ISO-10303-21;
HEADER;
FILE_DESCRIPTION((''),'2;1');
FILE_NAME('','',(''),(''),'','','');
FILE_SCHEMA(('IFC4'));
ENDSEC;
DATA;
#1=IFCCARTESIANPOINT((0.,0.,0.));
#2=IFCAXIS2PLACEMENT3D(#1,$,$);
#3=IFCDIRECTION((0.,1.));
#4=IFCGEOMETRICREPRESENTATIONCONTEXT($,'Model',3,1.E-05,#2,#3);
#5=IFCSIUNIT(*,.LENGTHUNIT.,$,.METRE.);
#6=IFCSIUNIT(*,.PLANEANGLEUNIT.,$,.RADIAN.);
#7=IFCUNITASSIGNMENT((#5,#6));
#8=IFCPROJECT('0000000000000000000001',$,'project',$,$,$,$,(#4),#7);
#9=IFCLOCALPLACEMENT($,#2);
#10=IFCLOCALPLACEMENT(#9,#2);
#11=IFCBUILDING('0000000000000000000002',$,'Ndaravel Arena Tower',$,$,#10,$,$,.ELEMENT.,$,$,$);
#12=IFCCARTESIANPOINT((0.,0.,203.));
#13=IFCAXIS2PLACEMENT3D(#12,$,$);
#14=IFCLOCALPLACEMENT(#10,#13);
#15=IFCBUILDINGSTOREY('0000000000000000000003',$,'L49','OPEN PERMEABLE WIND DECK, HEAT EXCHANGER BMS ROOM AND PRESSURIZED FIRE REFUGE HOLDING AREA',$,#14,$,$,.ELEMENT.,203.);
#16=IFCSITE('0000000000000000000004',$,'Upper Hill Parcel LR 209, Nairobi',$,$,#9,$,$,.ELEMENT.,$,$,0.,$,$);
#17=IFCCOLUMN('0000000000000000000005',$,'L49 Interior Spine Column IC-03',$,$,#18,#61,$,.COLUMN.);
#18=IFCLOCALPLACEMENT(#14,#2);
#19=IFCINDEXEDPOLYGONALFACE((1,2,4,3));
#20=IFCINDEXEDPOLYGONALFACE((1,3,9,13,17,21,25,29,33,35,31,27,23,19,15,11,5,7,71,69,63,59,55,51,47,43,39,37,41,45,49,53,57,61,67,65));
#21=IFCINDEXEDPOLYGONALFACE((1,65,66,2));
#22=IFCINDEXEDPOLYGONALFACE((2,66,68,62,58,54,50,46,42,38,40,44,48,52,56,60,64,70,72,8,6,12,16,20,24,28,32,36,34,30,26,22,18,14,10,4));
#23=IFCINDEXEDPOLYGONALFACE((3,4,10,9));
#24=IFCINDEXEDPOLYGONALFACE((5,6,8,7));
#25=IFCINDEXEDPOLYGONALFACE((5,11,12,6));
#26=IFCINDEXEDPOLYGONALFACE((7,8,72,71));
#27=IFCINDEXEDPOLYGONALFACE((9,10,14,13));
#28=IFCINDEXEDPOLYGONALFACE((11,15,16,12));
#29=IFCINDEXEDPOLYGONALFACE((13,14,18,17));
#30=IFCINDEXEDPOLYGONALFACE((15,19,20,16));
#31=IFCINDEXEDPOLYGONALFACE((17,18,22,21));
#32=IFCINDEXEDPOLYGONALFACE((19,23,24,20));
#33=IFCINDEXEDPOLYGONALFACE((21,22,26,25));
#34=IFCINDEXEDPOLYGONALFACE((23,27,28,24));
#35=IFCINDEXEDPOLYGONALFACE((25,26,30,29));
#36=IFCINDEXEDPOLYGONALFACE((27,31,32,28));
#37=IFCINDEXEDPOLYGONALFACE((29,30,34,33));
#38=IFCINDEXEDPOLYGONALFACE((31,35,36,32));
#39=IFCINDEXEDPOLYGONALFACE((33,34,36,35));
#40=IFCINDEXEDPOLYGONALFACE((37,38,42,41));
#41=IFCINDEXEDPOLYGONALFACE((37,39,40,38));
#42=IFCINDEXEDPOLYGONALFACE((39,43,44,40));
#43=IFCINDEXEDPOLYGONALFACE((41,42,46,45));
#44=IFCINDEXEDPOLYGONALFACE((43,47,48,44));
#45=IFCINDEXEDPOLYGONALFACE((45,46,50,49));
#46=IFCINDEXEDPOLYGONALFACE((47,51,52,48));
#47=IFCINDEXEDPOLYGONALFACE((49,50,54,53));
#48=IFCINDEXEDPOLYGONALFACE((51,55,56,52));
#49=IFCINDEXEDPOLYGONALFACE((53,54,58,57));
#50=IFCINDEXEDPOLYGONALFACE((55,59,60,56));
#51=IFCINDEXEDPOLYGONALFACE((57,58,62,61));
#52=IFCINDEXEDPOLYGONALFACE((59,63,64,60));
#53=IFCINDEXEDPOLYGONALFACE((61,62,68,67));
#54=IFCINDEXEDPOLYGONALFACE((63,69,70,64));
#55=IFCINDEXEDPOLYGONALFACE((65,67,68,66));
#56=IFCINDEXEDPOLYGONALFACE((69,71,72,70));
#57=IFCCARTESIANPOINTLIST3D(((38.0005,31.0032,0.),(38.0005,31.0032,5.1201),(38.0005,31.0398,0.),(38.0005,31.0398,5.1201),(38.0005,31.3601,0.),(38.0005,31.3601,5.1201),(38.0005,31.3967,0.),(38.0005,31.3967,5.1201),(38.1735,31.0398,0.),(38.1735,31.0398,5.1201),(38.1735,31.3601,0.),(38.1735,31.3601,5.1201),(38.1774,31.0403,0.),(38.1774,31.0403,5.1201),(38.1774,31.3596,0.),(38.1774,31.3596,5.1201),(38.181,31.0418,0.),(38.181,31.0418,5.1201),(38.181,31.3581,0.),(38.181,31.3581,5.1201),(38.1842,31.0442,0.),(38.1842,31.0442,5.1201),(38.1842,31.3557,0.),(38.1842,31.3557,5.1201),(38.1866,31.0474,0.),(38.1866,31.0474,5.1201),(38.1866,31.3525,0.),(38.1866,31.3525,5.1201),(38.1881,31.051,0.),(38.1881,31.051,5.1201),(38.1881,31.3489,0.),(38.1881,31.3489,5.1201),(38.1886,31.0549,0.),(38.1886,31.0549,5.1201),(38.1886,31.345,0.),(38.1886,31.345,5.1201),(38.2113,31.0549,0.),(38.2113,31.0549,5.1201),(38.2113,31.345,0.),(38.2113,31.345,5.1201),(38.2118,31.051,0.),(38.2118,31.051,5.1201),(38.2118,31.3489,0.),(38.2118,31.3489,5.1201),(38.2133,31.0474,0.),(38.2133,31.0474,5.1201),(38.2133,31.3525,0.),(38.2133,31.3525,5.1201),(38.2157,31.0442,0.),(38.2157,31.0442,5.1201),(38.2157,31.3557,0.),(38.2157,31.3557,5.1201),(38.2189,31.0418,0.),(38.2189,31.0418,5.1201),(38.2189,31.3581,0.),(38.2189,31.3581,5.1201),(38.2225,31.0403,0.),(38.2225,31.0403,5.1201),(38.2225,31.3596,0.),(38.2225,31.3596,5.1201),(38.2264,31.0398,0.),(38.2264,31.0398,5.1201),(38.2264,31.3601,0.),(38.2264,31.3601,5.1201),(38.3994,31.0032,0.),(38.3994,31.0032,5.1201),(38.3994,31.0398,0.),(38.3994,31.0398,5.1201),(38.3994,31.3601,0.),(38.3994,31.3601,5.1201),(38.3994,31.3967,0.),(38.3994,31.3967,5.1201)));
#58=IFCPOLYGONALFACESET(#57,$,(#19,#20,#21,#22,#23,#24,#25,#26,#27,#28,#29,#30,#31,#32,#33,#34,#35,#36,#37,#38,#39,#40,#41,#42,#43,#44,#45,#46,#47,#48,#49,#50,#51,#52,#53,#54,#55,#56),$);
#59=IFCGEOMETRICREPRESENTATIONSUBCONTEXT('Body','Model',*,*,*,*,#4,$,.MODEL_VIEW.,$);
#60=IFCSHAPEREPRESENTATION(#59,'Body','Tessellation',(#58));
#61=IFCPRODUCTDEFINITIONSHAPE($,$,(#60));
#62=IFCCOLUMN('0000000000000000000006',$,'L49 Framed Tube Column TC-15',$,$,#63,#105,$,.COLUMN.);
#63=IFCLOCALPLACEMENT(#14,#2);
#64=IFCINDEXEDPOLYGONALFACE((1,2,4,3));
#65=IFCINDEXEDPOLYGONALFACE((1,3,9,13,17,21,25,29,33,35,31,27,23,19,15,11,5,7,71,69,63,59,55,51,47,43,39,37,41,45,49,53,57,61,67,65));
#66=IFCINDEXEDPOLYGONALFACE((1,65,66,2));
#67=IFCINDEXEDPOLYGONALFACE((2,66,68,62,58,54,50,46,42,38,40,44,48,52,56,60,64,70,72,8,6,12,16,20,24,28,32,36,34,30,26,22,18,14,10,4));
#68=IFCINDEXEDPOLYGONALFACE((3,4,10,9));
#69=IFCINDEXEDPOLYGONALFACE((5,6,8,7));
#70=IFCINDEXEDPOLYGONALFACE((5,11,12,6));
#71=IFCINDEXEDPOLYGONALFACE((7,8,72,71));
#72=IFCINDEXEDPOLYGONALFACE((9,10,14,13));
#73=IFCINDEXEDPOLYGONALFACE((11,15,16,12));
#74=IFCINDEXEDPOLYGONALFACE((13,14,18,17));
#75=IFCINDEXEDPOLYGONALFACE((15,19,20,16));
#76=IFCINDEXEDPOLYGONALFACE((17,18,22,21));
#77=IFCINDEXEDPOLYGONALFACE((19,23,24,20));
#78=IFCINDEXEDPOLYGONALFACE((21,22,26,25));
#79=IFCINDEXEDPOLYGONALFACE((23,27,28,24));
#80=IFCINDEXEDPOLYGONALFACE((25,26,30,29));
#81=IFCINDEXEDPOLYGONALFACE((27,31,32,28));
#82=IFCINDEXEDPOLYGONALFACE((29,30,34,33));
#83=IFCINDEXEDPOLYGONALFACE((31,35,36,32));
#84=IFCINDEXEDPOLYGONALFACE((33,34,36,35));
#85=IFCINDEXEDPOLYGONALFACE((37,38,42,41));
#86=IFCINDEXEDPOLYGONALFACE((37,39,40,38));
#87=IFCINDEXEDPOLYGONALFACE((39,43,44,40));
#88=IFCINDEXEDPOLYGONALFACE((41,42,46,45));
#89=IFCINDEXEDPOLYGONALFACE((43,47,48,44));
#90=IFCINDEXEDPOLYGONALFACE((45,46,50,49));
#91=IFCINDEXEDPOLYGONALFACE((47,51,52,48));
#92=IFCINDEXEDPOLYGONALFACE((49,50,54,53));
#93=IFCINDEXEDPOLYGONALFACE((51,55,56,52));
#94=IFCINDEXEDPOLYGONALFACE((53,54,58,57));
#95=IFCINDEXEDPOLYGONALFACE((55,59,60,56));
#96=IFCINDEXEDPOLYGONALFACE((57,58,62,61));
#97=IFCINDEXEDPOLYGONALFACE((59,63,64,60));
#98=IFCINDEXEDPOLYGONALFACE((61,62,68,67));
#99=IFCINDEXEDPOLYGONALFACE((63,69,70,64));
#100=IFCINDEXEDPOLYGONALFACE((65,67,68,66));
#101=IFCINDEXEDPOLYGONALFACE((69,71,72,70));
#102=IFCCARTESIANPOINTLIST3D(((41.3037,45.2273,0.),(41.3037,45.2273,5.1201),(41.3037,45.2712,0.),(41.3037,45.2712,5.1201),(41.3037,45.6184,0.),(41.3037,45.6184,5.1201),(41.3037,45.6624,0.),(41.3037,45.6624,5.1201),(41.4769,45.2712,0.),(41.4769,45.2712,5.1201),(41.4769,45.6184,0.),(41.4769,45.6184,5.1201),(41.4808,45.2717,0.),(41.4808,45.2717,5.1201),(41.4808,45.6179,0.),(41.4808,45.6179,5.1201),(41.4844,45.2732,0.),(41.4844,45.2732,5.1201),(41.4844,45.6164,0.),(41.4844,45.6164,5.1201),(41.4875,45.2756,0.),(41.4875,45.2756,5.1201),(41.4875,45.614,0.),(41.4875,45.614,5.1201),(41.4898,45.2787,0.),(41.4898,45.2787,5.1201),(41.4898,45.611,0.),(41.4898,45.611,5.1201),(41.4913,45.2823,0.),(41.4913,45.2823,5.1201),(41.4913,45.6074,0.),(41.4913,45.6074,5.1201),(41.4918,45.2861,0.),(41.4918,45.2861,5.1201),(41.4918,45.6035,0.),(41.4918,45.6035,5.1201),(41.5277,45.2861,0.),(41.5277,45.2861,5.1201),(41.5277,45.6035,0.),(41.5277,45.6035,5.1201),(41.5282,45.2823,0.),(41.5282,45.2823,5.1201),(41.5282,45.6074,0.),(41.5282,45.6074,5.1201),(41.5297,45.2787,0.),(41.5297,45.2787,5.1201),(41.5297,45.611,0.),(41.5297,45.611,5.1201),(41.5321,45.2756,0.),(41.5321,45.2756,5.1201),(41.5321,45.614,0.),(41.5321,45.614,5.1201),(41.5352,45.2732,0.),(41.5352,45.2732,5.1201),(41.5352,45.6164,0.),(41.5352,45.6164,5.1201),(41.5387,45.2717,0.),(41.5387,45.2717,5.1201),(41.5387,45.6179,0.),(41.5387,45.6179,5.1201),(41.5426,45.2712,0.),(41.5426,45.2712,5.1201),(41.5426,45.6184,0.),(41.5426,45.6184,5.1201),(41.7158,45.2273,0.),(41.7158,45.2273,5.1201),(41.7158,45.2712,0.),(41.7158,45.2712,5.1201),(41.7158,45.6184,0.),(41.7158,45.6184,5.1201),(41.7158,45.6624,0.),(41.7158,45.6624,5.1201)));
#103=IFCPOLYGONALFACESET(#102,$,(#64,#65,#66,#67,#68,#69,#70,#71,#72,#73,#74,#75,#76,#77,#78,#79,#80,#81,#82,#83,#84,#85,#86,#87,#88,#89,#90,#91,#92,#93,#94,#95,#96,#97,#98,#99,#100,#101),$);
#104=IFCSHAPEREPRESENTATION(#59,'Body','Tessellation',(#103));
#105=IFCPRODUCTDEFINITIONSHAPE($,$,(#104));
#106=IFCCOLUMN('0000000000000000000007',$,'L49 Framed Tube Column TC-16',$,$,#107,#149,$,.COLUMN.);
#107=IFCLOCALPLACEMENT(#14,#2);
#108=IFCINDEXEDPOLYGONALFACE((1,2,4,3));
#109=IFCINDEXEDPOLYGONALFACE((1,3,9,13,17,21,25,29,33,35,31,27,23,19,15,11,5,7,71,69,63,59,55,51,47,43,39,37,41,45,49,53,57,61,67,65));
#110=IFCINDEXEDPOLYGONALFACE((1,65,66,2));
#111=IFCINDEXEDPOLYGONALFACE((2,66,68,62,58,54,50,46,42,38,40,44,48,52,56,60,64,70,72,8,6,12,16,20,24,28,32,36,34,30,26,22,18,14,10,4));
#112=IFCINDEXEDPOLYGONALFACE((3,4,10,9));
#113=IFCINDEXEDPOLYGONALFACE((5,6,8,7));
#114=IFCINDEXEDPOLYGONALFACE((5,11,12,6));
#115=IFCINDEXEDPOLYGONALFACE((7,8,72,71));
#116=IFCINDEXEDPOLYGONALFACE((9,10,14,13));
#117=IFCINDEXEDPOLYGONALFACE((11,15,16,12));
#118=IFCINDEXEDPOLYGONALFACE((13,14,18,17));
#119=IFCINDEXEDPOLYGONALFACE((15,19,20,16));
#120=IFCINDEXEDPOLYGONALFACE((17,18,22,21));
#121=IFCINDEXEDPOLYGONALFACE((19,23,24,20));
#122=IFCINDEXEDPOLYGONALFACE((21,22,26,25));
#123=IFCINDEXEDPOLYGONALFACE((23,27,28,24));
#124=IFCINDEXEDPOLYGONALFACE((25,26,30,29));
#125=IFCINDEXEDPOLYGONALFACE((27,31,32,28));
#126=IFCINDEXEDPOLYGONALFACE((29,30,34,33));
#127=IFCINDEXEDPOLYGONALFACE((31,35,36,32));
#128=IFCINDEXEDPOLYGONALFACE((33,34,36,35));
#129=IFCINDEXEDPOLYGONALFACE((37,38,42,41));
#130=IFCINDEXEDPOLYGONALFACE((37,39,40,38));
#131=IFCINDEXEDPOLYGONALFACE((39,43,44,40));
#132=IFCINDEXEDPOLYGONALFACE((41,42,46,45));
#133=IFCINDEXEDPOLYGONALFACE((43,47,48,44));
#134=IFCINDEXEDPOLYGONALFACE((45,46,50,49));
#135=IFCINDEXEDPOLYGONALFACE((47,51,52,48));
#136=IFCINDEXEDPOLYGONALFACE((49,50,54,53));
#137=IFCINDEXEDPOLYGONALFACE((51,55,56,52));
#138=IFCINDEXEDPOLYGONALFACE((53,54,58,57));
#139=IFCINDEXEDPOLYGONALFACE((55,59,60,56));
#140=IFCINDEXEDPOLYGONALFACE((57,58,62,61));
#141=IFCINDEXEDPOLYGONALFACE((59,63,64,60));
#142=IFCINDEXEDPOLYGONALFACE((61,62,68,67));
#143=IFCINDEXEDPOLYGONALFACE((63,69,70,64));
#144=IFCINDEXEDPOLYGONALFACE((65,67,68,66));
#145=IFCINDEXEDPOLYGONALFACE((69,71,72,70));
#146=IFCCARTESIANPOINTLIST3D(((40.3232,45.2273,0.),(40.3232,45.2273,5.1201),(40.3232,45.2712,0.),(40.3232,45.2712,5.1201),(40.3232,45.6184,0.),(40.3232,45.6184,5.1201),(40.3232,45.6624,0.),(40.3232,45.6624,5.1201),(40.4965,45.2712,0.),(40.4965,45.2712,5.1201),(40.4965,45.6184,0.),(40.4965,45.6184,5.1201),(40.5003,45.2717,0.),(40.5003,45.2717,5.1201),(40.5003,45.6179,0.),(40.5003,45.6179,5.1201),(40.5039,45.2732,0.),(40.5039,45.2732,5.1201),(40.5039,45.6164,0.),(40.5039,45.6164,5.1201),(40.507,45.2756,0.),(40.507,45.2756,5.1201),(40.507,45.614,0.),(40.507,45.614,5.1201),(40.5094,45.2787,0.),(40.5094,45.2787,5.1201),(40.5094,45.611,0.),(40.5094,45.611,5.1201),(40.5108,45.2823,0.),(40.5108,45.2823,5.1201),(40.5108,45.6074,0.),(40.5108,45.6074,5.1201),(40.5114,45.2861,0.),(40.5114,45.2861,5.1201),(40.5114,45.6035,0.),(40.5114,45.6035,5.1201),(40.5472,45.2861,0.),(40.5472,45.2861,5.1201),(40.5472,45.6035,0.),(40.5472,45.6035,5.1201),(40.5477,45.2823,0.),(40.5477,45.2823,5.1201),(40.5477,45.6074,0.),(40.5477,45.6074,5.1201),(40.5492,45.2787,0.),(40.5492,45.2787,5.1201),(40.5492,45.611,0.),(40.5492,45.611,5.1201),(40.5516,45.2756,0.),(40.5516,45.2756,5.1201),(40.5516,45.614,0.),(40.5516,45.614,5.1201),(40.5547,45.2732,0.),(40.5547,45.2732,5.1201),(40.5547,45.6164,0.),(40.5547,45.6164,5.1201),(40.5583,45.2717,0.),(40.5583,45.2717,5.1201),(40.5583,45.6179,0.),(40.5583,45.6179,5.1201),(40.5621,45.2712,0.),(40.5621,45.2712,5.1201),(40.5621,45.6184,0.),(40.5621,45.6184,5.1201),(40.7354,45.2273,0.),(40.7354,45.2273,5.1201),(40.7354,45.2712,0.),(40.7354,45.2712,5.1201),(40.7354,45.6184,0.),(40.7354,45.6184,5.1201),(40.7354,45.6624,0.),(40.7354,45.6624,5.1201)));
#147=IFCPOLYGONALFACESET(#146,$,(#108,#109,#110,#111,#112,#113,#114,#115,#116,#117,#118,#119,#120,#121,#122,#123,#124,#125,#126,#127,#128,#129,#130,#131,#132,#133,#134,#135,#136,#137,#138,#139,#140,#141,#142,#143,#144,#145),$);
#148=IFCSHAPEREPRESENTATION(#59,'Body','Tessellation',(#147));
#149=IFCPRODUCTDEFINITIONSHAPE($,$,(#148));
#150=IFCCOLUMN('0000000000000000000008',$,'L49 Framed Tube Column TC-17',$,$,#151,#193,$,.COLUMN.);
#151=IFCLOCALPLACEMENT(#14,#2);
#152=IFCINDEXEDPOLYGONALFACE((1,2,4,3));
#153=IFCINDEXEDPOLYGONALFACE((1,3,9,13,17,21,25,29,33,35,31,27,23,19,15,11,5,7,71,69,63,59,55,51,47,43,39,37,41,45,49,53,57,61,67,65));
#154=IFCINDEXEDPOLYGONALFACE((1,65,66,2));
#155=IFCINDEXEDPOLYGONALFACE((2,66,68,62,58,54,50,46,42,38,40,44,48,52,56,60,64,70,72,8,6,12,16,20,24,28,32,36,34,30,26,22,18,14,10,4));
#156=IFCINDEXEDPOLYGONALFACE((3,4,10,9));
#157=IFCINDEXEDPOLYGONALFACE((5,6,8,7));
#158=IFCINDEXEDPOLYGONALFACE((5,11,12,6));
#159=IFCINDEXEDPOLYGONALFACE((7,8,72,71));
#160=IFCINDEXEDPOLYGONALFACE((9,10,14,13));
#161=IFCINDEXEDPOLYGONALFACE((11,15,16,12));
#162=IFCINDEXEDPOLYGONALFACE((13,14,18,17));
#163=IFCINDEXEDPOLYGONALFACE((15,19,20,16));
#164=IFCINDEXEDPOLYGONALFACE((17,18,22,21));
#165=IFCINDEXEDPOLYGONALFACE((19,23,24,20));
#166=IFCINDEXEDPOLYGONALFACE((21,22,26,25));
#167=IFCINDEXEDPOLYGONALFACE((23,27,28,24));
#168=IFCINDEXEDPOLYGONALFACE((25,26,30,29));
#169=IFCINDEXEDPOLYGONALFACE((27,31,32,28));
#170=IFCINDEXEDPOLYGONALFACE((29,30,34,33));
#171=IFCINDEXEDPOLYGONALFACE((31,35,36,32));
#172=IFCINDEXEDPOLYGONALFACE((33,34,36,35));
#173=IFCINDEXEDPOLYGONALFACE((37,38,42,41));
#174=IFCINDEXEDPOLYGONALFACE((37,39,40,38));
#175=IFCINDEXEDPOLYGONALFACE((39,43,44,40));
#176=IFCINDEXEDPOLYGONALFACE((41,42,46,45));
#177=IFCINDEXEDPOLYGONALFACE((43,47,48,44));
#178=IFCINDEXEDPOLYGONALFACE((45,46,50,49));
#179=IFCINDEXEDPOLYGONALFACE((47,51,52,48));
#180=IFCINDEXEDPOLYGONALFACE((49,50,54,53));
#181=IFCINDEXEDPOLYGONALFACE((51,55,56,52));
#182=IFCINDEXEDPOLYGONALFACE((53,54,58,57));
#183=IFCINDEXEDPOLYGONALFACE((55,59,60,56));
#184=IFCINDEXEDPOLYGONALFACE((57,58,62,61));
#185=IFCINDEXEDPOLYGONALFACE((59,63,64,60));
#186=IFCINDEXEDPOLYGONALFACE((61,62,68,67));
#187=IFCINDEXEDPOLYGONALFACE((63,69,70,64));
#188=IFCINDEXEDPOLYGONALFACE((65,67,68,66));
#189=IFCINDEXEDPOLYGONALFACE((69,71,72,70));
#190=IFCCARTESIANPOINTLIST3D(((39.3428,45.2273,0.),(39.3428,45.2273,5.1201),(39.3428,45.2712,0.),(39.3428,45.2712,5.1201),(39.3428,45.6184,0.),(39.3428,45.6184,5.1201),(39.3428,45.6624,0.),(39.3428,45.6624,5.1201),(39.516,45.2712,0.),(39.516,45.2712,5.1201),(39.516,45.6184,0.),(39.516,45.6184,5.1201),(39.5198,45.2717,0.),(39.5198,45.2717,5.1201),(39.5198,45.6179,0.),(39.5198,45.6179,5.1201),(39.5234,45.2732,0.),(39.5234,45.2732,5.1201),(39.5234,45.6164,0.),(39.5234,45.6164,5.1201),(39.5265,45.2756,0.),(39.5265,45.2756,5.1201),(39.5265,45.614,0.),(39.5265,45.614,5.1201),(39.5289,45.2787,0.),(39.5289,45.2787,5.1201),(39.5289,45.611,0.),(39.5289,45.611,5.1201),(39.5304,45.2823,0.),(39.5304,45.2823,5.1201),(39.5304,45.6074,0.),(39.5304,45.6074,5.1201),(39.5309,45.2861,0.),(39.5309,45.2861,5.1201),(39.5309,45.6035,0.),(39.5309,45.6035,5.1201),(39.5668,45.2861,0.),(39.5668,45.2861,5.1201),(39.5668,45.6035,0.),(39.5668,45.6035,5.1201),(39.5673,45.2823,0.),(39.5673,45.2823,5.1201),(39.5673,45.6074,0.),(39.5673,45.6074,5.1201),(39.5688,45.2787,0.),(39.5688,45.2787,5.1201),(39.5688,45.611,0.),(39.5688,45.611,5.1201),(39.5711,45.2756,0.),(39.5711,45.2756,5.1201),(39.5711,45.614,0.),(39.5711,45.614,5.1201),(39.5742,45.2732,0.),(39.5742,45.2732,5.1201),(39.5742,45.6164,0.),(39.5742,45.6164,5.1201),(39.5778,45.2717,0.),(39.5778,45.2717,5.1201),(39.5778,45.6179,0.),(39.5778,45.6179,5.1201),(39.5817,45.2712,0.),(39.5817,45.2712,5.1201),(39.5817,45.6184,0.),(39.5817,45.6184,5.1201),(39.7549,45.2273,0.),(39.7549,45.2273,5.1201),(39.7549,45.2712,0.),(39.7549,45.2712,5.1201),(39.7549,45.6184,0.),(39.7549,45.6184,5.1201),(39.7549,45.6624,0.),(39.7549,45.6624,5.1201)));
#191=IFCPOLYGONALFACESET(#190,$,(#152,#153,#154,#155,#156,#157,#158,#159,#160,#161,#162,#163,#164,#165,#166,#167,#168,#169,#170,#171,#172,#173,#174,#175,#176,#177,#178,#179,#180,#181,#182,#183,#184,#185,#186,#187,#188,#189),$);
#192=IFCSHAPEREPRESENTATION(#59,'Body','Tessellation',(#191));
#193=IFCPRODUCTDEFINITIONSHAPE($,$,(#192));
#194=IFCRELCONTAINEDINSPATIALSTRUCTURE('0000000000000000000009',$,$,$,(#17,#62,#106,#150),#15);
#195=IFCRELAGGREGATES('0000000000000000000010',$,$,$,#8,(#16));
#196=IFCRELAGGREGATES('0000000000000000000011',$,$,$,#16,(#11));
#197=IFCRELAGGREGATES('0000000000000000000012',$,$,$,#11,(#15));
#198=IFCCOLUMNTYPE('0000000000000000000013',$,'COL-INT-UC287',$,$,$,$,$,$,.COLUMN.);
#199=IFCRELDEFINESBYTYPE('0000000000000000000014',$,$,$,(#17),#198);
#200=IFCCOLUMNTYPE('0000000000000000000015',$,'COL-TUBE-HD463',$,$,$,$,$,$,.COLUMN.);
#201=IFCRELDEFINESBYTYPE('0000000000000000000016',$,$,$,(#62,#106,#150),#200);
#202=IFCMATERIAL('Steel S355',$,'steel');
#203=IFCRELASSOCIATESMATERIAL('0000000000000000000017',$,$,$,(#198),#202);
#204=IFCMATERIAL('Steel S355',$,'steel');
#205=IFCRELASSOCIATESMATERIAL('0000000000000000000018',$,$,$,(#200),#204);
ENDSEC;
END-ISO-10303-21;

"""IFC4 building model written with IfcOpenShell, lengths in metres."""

from ifc_helpers import new_model, si_unit, direction, frame, origin, origin_2d, place, context, subcontext, project, spatial, i_section, extrude, material, material_profile, profile_set, type_object, element, save


model = new_model("IFC4")

# Units and contexts
model_context = context("Model", 3, precision=1e-05, world=origin(), true_north=direction((0.0, 1.0)))
body_context = subcontext(model_context, "Body", "Model", "MODEL_VIEW")
ifc_project = project(units=[si_unit("LENGTHUNIT", "METRE"), si_unit("PLANEANGLEUNIT", "RADIAN")], contexts=[model_context])

# Site, building, storey
site_placement = place(None, origin())
site = spatial("IfcSite", under=ifc_project, at=site_placement, Name="Upper Hill Parcel LR 209, Nairobi", CompositionType="ELEMENT", RefElevation=0.0)
building_placement = place(site_placement, origin())
building = spatial("IfcBuilding", under=site, at=building_placement, Name="Ndaravel Arena Tower", CompositionType="ELEMENT")
storey_placement = place(building_placement, frame((0.0, 0.0, 203.0)))
storey = spatial("IfcBuildingStorey", under=building, at=storey_placement, Name="L49", Description="OPEN PERMEABLE WIND DECK, HEAT EXCHANGER BMS ROOM AND PRESSURIZED FIRE REFUGE HOLDING AREA", CompositionType="ELEMENT", Elevation=203.0)

# Columns
ifc_material_1 = material(Name="Steel S355", Category="steel")
ifc_material_profile_1 = material_profile(ifc_material_1, i_section(OverallWidth=0.3989, OverallDepth=0.3936, WebThickness=0.0227, FlangeThickness=0.0366, FilletRadius=0.0151, at=origin_2d()), Name="UC 356x406x287")
ifc_profile_set_1 = profile_set([ifc_material_profile_1], Name="Steel S355")
column_type_1 = type_object("IfcColumnType", Name="COL-INT-UC287", PredefinedType="COLUMN", material=ifc_profile_set_1)
column_placement = place(storey_placement, frame((38.2, 31.2, 0.0), z_axis=(0.0, 0.0, 1.0), x_axis=(1.0, 0.0, 0.0)))
element("IfcColumn", 1, at=column_placement, inside=storey, type_object=column_type_1, Name="L49 Interior Spine Column IC-03", PredefinedType="COLUMN", context=body_context, shape_type="SweptSolid", body=[
    extrude(i_section(OverallWidth=0.3989, OverallDepth=0.3936, WebThickness=0.0227, FlangeThickness=0.0366, FilletRadius=0.0151, at=origin_2d()), origin(), (0.0, 0.0, 1.0), 5.1201),
])
ifc_material_2 = material(Name="Steel S355", Category="steel")
ifc_material_profile_2 = material_profile(ifc_material_2, i_section(OverallWidth=0.4121, OverallDepth=0.4351, WebThickness=0.0359, FlangeThickness=0.0439, FilletRadius=0.0149, at=origin_2d()), Name="HD 400x463")
ifc_profile_set_2 = profile_set([ifc_material_profile_2], Name="Steel S355")
column_type_2 = type_object("IfcColumnType", Name="COL-TUBE-HD463", PredefinedType="COLUMN", material=ifc_profile_set_2)
for number, where, z_axis, x_axis, name in (
    (2, (41.5098, 45.4448, 0.0), (0.0, 0.0, 1.0), (1.0, 0.0, 0.0), "L49 Framed Tube Column TC-15"),
    (3, (40.5293, 45.4448, 0.0), (0.0, 0.0, 1.0), (1.0, 0.0, 0.0), "L49 Framed Tube Column TC-16"),
    (4, (39.5488, 45.4448, 0.0), (0.0, 0.0, 1.0), (1.0, 0.0, 0.0), "L49 Framed Tube Column TC-17"),
):
    element("IfcColumn", number, at=place(storey_placement, frame(where, z_axis=z_axis, x_axis=x_axis)), inside=storey, type_object=column_type_2, Name=name, PredefinedType="COLUMN", context=body_context, shape_type="SweptSolid", body=[
        extrude(i_section(OverallWidth=0.4121, OverallDepth=0.4351, WebThickness=0.0359, FlangeThickness=0.0439, FilletRadius=0.0149, at=origin_2d()), origin(), (0.0, 0.0, 1.0), 5.1201),
    ])

save(model, "model.ifc")
